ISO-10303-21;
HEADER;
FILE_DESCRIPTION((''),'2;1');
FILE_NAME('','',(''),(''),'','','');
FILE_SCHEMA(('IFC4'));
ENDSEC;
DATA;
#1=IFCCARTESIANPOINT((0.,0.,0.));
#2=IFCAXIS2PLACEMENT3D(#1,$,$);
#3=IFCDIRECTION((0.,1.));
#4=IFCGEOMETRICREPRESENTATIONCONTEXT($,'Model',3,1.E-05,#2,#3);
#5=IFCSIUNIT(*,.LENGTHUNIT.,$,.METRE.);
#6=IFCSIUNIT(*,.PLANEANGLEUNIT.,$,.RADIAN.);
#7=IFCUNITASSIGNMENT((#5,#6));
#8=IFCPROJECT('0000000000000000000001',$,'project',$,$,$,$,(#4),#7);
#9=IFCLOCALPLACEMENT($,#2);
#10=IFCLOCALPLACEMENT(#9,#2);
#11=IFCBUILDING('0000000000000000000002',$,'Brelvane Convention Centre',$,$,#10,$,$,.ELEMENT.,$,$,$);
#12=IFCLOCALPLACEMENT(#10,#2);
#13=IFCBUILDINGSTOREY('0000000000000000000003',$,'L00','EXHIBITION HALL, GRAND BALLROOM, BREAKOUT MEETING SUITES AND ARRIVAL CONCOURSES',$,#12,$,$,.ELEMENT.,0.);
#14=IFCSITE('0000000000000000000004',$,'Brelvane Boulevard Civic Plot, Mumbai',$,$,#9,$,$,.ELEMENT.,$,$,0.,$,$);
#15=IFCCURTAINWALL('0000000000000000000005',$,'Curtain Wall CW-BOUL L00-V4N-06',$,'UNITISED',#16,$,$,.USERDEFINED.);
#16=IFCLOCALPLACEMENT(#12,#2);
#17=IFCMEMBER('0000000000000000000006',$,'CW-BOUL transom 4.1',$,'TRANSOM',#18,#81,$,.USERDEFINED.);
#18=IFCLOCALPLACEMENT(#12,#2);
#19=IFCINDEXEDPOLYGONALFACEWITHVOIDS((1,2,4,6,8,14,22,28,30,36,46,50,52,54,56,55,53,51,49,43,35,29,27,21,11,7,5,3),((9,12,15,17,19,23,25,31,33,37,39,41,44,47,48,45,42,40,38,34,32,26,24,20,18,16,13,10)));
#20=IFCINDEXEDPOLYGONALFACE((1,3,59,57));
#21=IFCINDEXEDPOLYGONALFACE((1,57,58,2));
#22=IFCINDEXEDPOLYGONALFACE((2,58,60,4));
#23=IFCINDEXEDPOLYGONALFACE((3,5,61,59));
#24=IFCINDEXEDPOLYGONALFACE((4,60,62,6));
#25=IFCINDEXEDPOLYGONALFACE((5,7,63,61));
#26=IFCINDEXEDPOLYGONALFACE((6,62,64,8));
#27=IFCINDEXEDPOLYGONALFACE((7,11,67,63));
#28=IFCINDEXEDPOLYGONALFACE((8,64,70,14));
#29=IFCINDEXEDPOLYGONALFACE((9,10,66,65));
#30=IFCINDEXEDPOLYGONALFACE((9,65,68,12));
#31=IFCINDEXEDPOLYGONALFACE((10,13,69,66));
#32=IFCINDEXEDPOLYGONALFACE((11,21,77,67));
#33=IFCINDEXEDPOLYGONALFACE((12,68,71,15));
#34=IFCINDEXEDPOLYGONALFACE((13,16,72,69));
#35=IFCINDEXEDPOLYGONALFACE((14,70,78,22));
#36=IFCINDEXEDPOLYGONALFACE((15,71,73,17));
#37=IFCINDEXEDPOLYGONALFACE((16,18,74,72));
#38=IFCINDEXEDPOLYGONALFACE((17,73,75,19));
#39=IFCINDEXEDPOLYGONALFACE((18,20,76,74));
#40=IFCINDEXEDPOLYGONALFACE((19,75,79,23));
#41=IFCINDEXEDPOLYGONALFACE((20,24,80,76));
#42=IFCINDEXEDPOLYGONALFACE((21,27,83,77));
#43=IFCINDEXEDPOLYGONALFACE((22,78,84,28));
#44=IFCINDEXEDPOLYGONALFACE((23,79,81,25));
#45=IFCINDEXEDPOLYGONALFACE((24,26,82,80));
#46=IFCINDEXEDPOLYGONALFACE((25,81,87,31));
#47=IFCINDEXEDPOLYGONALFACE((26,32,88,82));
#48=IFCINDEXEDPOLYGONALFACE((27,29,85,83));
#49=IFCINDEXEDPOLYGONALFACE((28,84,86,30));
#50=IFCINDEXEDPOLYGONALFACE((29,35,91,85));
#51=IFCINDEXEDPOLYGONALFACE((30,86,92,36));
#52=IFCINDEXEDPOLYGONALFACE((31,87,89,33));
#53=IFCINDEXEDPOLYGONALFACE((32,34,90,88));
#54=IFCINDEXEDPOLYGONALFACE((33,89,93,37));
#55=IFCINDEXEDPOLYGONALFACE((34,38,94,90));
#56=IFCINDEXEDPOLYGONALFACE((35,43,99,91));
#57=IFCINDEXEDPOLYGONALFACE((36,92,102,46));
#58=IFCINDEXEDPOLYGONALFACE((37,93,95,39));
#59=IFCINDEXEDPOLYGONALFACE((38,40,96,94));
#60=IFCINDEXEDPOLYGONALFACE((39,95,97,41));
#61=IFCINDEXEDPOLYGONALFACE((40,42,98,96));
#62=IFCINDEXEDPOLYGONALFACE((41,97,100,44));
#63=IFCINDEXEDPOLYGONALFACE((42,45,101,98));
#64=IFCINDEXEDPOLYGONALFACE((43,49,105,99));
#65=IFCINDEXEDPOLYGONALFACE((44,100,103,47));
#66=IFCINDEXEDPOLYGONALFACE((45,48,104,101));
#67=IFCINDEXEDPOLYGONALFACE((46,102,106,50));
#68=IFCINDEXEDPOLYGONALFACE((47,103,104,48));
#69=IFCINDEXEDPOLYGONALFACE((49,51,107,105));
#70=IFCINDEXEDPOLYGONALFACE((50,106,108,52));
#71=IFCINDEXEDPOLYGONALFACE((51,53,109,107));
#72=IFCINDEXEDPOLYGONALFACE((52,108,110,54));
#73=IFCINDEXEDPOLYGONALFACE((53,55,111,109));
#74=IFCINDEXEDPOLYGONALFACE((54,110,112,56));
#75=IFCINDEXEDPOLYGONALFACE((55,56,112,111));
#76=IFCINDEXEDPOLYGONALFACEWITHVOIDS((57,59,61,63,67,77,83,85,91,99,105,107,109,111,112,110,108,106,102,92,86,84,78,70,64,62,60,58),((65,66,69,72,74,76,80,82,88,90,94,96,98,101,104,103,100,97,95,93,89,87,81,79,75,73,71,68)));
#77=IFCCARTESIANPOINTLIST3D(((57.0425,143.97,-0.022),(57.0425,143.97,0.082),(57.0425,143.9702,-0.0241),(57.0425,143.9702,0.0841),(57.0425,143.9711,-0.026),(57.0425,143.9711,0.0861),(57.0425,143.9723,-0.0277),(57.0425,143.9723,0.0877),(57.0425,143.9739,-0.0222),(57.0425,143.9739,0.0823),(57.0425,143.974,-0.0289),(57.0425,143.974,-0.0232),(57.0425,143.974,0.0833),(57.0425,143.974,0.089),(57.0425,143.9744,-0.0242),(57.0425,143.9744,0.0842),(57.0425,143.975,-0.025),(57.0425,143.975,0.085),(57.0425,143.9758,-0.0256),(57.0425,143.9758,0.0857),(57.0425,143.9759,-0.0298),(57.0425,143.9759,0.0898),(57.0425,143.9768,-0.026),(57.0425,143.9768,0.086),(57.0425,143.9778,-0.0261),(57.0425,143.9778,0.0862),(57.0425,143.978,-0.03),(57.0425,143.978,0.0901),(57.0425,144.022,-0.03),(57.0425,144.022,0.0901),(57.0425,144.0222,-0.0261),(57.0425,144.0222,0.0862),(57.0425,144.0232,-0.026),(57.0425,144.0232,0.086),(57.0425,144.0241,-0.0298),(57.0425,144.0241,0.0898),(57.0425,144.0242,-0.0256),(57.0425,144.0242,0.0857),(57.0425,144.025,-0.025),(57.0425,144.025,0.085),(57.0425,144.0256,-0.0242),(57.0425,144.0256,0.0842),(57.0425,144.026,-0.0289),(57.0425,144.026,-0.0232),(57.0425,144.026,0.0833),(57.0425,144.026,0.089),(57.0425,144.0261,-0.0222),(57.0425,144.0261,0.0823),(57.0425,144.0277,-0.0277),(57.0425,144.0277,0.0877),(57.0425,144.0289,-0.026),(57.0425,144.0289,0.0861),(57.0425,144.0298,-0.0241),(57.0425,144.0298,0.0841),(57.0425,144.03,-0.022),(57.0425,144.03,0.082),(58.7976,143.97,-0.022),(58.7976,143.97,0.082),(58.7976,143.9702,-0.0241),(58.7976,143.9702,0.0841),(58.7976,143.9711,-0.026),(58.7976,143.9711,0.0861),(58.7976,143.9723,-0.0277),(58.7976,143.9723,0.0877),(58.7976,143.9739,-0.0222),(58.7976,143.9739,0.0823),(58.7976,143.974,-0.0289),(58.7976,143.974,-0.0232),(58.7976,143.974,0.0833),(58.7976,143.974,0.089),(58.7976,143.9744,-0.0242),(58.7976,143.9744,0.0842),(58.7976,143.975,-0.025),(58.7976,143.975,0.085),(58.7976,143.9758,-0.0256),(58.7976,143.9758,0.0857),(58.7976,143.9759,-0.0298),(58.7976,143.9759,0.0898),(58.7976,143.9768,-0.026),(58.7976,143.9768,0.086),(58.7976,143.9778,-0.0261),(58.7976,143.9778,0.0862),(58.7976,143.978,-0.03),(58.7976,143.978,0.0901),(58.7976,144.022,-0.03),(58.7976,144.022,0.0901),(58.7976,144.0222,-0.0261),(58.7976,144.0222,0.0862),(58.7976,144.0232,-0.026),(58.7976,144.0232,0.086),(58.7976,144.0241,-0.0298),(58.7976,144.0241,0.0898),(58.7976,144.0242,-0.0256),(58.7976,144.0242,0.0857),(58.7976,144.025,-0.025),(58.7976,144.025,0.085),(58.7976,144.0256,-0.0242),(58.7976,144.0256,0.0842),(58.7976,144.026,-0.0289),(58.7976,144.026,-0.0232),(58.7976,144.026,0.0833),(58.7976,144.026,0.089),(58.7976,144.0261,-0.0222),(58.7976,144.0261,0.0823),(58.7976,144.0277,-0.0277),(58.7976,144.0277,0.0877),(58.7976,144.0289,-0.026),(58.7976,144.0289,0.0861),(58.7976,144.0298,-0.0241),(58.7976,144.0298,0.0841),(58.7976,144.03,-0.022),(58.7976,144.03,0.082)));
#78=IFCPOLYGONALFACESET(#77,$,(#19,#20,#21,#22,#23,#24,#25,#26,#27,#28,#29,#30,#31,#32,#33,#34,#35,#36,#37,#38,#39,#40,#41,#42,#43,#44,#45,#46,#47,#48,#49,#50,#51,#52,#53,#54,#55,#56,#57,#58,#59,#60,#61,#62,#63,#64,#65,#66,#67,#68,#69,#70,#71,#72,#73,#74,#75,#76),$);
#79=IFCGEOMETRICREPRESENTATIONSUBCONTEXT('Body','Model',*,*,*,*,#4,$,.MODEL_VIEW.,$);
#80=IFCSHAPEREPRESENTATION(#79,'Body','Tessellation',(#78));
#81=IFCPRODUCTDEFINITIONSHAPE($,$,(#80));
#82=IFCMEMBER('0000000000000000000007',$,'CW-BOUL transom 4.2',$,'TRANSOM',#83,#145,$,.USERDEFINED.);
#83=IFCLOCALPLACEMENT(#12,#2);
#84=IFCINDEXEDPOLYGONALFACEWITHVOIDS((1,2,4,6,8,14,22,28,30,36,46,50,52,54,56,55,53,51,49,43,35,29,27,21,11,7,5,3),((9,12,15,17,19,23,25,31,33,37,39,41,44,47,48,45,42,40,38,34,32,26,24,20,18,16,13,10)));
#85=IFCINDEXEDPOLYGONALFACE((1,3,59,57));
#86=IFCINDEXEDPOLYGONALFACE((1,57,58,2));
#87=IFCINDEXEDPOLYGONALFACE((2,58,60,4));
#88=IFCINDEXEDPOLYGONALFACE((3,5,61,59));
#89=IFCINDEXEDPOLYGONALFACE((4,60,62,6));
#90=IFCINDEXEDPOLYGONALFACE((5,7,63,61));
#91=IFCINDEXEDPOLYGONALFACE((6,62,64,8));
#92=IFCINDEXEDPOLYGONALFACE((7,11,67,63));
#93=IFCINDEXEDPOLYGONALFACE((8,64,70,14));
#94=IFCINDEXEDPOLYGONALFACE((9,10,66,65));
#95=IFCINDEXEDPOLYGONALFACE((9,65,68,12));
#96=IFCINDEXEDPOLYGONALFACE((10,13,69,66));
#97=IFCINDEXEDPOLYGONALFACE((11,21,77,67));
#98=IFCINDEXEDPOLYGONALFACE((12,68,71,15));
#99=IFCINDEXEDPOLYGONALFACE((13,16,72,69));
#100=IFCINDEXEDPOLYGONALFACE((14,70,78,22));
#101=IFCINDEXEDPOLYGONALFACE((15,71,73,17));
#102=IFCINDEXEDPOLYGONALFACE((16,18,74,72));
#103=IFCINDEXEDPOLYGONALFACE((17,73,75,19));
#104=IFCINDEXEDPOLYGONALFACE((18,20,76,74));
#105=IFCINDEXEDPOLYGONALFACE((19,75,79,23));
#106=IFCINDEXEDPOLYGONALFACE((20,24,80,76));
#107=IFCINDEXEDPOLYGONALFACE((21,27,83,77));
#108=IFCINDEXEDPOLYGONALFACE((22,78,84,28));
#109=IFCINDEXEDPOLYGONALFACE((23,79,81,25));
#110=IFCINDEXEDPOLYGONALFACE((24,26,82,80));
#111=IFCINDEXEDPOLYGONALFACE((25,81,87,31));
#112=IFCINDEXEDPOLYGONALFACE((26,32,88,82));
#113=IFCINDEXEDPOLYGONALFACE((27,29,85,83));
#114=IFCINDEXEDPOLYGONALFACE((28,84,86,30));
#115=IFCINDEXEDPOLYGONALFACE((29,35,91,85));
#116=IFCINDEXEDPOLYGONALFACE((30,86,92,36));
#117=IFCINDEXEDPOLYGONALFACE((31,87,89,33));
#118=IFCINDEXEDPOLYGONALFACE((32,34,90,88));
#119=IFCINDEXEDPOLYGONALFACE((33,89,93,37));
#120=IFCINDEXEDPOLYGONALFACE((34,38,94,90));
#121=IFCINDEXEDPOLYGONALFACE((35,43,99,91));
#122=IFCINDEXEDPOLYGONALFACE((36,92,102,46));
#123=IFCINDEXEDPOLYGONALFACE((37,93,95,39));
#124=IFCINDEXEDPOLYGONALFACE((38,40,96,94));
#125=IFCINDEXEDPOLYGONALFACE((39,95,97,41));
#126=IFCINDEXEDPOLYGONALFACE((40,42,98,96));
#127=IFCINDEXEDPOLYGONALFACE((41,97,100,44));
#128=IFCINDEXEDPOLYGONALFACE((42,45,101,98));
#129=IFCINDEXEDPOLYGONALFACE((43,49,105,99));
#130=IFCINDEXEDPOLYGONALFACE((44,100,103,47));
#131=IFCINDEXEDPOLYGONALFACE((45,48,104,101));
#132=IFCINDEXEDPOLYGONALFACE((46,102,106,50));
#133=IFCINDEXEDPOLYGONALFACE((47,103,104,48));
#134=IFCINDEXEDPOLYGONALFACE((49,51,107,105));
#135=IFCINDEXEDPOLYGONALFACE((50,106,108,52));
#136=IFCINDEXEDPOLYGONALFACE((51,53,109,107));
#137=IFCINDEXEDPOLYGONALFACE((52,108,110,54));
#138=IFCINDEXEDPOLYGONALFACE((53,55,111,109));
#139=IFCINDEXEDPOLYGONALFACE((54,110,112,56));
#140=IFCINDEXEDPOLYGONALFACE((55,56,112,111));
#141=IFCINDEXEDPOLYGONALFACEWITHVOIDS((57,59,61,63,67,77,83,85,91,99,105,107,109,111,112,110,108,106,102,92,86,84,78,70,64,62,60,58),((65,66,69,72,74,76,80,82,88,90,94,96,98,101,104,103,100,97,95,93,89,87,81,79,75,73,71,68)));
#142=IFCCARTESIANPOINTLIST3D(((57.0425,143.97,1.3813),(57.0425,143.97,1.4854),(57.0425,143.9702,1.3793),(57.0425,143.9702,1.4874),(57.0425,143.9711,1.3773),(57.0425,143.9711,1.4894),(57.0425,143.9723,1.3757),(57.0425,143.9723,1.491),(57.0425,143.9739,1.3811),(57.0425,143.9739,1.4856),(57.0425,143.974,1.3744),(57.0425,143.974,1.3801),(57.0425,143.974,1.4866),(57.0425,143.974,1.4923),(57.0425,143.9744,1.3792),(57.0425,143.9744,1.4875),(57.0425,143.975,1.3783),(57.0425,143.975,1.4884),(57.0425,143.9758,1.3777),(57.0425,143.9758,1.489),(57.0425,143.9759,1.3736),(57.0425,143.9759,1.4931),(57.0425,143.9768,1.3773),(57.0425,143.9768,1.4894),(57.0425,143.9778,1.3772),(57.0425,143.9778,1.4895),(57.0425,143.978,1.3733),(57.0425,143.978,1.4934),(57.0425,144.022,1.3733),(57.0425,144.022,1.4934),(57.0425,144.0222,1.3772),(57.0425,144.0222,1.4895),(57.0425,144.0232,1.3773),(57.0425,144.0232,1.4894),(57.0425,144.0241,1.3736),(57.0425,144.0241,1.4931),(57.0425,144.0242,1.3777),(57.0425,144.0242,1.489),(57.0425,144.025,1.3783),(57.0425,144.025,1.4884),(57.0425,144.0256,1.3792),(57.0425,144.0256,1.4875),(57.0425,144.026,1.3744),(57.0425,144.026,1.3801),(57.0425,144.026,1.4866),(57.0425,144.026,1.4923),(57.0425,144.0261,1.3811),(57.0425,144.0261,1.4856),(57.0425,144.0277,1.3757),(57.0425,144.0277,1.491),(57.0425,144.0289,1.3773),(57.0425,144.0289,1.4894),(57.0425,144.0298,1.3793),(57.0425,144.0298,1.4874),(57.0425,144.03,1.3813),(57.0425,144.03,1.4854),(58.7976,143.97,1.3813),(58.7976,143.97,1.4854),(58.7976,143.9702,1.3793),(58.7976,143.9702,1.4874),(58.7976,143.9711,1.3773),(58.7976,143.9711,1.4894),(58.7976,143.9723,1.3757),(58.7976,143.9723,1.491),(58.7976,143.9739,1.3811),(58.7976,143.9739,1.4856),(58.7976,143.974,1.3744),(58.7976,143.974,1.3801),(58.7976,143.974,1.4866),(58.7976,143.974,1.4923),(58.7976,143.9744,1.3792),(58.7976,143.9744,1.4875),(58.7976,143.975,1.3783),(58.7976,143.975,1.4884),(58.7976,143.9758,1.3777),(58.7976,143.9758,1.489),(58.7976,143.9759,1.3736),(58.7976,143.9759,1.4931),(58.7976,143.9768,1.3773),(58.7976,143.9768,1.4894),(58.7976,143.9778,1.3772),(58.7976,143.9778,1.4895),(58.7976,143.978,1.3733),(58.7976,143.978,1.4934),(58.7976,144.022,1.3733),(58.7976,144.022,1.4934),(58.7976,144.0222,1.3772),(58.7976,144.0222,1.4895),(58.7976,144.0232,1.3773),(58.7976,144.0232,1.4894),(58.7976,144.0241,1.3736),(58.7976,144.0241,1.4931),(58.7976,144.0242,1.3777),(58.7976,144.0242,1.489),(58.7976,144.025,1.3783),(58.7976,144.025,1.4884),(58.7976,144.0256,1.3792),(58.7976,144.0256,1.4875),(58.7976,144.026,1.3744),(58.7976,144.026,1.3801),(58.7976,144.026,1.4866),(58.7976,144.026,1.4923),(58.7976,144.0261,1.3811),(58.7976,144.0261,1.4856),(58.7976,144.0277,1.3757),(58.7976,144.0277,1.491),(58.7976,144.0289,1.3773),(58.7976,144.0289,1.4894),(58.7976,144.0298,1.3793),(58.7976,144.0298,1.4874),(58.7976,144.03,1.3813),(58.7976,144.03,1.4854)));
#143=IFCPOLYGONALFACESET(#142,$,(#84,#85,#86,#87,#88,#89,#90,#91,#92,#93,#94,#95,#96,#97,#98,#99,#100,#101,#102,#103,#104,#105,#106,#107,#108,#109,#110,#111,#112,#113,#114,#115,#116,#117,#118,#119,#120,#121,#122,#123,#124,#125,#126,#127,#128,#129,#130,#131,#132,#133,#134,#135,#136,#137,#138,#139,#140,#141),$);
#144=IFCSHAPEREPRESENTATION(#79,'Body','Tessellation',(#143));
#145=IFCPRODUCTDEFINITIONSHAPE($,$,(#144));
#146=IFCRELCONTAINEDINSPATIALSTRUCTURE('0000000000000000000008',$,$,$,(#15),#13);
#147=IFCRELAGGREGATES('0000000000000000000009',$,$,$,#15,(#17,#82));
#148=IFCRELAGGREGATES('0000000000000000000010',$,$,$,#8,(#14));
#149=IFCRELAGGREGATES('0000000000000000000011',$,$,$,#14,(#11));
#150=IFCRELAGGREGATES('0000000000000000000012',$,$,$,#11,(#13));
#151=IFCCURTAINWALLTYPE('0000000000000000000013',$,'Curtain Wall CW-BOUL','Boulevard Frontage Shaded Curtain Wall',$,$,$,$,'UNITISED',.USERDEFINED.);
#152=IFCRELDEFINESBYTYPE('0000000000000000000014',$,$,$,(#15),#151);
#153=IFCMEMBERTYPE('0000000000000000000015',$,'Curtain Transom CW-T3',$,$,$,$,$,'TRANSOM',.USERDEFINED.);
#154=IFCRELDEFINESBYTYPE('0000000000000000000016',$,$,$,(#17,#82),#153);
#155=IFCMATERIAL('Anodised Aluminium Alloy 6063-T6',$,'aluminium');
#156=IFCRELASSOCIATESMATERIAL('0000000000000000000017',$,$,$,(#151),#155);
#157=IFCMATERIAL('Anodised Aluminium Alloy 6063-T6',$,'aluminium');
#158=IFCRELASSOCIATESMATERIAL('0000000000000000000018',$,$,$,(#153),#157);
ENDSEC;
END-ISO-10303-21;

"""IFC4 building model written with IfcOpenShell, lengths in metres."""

from ifc_helpers import new_model, si_unit, direction, frame, origin, origin_2d, place, context, subcontext, project, spatial, hollow_rectangle, extrude, material, material_profile, profile_set, type_object, element, aggregate, save


model = new_model("IFC4")

# Units and contexts
model_context = context("Model", 3, precision=1e-05, world=origin(), true_north=direction((0.0, 1.0)))
body_context = subcontext(model_context, "Body", "Model", "MODEL_VIEW")
ifc_project = project(units=[si_unit("LENGTHUNIT", "METRE"), si_unit("PLANEANGLEUNIT", "RADIAN")], contexts=[model_context])

# Site, building, storey
site_placement = place(None, origin())
site = spatial("IfcSite", under=ifc_project, at=site_placement, Name="Brelvane Boulevard Civic Plot, Mumbai", CompositionType="ELEMENT", RefElevation=0.0)
building_placement = place(site_placement, origin())
building = spatial("IfcBuilding", under=site, at=building_placement, Name="Brelvane Convention Centre", CompositionType="ELEMENT")
storey_placement = place(building_placement, origin())
storey = spatial("IfcBuildingStorey", under=building, at=storey_placement, Name="L00", Description="EXHIBITION HALL, GRAND BALLROOM, BREAKOUT MEETING SUITES AND ARRIVAL CONCOURSES", CompositionType="ELEMENT", Elevation=0.0)

# Curtain wall, members
ifc_material_1 = material(Name="Anodised Aluminium Alloy 6063-T6", Category="aluminium")
curtain_wall_type = type_object("IfcCurtainWallType", Name="Curtain Wall CW-BOUL", Description="Boulevard Frontage Shaded Curtain Wall", ElementType="UNITISED", PredefinedType="USERDEFINED", material=ifc_material_1)
curtain_wall_placement = place(storey_placement, origin())
curtain_wall = element("IfcCurtainWall", 1, at=curtain_wall_placement, inside=storey, type_object=curtain_wall_type, Name="Curtain Wall CW-BOUL L00-V4N-06", ObjectType="UNITISED", PredefinedType="USERDEFINED")
ifc_material_2 = material(Name="Anodised Aluminium Alloy 6063-T6", Category="aluminium")
ifc_material_profile_1 = material_profile(ifc_material_2, hollow_rectangle(XDim=0.0601, YDim=0.1201, WallThickness=0.0039, InnerFilletRadius=0.0039, OuterFilletRadius=0.0081, at=origin_2d()), Name="ALU-T 120x60x4.0")
ifc_profile_set_1 = profile_set([ifc_material_profile_1], Name="Anodised Aluminium Alloy 6063-T6")
member_type_1 = type_object("IfcMemberType", Name="Curtain Transom CW-T3", ElementType="TRANSOM", PredefinedType="USERDEFINED", material=ifc_profile_set_1)
member_1_placement = place(storey_placement, frame((57.0425, 144.0, 0.03), z_axis=(1.0, 0.0, 0.0), x_axis=(0.0, 1.0, 0.0)))
member_1 = element("IfcMember", 2, at=member_1_placement, type_object=member_type_1, Name="CW-BOUL transom 4.1", ObjectType="TRANSOM", PredefinedType="USERDEFINED", context=body_context, shape_type="SweptSolid", body=[
    extrude(hollow_rectangle(XDim=0.0601, YDim=0.1201, WallThickness=0.0039, InnerFilletRadius=0.0039, OuterFilletRadius=0.0081, at=origin_2d()), origin(), (0.0, 0.0, 1.0), 1.7551),
])
member_2_placement = place(storey_placement, frame((57.0425, 144.0, 1.4333), z_axis=(1.0, 0.0, 0.0), x_axis=(0.0, 1.0, 0.0)))
member_2 = element("IfcMember", 3, at=member_2_placement, type_object=member_type_1, Name="CW-BOUL transom 4.2", ObjectType="TRANSOM", PredefinedType="USERDEFINED", context=body_context, shape_type="SweptSolid", body=[
    extrude(hollow_rectangle(XDim=0.0601, YDim=0.1201, WallThickness=0.0039, InnerFilletRadius=0.0039, OuterFilletRadius=0.0081, at=origin_2d()), origin(), (0.0, 0.0, 1.0), 1.7551),
])

aggregate(curtain_wall, [member_1, member_2])

save(model, "model.ifc")
